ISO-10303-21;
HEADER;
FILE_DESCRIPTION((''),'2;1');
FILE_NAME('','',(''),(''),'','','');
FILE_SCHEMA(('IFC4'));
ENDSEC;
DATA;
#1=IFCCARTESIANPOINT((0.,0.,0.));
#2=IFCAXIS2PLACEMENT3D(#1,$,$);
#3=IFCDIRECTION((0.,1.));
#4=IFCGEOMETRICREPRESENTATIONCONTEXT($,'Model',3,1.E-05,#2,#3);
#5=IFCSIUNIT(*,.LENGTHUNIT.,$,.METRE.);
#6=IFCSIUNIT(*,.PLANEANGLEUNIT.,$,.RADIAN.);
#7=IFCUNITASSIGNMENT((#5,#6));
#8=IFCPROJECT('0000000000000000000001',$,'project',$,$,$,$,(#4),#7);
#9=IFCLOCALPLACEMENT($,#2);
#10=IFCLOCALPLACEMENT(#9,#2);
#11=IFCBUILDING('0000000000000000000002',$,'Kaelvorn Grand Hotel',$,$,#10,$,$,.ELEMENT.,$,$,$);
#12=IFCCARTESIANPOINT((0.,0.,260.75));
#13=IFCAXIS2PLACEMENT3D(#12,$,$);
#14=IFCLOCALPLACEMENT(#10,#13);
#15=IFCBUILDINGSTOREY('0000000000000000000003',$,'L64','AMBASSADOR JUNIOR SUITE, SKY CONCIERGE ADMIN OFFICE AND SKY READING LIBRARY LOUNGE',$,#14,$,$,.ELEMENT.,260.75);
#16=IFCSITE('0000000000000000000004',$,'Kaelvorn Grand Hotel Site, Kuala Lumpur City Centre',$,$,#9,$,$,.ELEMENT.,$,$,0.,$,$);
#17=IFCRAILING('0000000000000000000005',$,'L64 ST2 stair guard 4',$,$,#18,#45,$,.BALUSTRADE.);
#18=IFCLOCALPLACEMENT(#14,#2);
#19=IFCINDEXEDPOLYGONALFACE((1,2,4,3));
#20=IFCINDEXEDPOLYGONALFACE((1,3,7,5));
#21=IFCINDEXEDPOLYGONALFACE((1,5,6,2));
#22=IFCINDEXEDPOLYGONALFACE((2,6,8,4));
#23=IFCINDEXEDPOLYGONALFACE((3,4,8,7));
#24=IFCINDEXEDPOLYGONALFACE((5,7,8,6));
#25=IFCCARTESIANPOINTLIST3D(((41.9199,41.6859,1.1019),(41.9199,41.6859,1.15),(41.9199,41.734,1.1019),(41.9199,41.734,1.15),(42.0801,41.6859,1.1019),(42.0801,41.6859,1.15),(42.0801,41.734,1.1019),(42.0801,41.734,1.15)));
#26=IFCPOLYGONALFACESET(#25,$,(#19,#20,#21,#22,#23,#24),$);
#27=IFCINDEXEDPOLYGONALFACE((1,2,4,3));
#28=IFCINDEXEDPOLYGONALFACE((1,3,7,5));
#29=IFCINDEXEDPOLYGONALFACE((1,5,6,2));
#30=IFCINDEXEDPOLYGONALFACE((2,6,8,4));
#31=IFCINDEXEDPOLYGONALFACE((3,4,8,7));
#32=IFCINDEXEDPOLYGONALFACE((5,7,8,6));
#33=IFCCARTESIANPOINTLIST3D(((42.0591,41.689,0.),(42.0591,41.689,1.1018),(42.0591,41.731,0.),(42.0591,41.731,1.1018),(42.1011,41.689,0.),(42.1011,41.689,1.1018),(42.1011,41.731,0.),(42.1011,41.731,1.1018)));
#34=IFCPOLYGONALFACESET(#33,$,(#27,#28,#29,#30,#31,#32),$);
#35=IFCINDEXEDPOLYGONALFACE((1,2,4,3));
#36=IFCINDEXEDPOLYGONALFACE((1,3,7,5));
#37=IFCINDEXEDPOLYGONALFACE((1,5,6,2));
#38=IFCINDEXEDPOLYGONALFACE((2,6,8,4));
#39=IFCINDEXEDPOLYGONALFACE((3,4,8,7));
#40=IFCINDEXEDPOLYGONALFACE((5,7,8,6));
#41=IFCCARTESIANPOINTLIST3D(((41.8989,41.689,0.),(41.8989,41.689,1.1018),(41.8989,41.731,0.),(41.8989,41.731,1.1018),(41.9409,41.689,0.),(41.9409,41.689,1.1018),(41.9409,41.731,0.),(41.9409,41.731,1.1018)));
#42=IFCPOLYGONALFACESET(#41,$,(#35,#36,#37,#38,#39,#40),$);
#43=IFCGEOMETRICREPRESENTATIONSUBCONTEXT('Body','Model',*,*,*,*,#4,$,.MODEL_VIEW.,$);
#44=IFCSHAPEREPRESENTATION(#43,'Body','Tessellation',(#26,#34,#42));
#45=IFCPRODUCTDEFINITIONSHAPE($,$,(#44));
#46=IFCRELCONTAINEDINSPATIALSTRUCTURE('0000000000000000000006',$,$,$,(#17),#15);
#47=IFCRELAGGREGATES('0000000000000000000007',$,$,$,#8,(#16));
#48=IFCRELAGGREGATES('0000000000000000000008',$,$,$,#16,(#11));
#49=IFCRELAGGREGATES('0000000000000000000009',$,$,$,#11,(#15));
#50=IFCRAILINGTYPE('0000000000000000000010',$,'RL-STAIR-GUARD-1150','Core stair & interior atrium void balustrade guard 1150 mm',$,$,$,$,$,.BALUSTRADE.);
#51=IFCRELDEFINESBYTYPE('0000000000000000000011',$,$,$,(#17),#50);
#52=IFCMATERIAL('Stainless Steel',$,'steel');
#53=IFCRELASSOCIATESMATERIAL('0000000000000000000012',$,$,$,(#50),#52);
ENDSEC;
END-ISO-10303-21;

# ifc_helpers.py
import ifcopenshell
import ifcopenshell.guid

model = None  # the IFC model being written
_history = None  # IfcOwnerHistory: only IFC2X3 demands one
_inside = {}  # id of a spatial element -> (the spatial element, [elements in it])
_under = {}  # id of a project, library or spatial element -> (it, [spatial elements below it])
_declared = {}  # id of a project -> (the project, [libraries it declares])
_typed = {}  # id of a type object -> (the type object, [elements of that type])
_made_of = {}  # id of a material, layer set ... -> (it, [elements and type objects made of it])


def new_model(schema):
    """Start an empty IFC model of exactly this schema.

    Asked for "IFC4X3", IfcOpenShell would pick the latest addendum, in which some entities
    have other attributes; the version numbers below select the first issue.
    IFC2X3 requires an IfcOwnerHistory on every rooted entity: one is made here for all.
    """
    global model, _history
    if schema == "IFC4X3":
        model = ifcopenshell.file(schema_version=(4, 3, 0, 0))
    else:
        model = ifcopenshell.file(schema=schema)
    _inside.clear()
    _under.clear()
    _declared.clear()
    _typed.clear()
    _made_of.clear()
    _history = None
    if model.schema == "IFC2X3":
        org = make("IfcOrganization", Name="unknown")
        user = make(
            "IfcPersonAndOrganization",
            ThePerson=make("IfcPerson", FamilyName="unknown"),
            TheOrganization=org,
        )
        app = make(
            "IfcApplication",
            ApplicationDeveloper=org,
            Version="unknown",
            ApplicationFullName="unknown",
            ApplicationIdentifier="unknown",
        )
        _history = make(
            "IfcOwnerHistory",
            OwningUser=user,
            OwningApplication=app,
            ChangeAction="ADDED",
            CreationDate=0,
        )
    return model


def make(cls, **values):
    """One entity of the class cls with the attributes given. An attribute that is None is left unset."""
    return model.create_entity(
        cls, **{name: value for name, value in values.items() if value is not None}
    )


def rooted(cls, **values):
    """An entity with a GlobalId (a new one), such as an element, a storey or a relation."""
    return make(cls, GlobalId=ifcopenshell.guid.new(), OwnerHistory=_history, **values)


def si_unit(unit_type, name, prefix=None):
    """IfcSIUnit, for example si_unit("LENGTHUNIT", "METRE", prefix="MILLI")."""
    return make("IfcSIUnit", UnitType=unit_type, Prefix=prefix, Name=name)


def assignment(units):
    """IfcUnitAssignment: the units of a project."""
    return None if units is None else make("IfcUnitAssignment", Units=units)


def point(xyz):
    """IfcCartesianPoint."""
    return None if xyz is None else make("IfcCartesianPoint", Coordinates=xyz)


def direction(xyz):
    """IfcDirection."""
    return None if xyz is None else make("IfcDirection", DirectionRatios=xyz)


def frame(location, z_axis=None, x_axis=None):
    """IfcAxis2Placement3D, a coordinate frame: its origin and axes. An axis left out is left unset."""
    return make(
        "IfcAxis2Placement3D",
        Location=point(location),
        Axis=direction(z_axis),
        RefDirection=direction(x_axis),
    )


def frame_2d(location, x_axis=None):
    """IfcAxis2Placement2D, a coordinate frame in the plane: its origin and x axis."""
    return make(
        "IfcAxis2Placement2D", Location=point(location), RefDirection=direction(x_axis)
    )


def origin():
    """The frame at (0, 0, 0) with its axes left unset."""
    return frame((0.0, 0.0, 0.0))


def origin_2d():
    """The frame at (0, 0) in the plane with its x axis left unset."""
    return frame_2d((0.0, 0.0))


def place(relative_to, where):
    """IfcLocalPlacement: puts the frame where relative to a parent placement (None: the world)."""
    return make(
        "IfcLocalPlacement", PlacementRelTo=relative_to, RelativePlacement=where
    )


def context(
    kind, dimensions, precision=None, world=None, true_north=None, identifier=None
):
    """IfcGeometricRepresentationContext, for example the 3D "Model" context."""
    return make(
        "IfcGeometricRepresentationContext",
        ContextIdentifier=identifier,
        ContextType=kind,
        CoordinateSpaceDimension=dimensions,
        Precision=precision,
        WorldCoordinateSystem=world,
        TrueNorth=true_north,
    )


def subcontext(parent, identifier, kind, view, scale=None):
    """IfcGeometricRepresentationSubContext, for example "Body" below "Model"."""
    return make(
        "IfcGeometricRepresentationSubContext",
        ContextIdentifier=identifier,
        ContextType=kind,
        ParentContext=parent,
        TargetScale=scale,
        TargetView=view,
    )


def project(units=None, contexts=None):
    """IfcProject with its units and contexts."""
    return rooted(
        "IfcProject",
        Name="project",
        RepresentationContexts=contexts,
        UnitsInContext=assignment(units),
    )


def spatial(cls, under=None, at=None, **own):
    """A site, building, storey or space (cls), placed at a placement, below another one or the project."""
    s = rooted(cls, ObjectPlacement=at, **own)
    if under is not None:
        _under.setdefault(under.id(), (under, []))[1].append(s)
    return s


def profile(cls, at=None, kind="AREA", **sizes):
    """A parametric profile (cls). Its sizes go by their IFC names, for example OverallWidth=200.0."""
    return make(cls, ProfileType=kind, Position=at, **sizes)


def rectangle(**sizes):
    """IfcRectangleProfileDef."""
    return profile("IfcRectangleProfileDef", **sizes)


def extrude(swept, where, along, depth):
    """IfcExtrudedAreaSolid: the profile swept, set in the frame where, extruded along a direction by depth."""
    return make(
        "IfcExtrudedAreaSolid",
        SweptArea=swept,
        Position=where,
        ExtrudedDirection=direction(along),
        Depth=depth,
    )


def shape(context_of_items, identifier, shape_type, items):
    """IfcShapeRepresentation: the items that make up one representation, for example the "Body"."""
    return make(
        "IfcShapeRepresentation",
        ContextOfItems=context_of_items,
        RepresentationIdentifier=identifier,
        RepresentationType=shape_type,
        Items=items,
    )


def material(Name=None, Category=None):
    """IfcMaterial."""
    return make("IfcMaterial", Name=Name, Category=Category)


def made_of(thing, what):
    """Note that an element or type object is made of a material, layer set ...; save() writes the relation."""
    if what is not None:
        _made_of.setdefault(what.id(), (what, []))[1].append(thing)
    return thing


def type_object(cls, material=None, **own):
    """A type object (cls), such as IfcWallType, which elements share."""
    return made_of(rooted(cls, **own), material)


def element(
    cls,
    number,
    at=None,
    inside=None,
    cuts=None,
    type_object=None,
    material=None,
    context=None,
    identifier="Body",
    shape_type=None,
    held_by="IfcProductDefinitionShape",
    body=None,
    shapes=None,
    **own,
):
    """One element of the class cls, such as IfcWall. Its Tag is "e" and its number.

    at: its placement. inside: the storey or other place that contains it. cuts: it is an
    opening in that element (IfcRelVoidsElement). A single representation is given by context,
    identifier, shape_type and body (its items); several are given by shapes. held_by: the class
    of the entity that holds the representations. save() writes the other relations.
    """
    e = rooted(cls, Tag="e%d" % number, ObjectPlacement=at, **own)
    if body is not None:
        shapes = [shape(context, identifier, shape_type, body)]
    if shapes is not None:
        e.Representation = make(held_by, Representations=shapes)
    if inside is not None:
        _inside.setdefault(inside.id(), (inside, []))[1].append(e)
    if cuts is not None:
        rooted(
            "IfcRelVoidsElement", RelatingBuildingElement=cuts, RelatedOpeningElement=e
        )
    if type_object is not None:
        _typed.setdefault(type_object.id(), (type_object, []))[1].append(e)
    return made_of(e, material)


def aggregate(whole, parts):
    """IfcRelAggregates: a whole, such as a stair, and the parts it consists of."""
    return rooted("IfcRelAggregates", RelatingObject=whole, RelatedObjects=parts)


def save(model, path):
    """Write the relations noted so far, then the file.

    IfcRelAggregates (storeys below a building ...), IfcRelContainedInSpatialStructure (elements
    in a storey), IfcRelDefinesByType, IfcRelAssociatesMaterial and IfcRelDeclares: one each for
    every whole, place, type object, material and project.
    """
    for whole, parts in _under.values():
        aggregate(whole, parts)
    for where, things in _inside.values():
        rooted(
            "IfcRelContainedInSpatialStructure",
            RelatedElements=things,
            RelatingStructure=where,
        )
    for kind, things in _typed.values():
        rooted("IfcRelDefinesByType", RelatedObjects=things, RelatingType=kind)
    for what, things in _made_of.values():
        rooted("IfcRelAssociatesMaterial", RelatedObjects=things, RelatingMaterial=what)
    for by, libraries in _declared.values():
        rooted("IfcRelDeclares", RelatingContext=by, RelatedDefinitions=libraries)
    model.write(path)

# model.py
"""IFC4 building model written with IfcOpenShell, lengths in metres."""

from ifc_helpers import new_model, si_unit, direction, frame, origin, origin_2d, place, context, subcontext, project, spatial, rectangle, extrude, material, type_object, element, save


model = new_model("IFC4")

# Units and contexts
model_context = context("Model", 3, precision=1e-05, world=origin(), true_north=direction((0.0, 1.0)))
body_context = subcontext(model_context, "Body", "Model", "MODEL_VIEW")
ifc_project = project(units=[si_unit("LENGTHUNIT", "METRE"), si_unit("PLANEANGLEUNIT", "RADIAN")], contexts=[model_context])

# Site, building, storey
site_placement = place(None, origin())
site = spatial("IfcSite", under=ifc_project, at=site_placement, Name="Kaelvorn Grand Hotel Site, Kuala Lumpur City Centre", CompositionType="ELEMENT", RefElevation=0.0)
building_placement = place(site_placement, origin())
building = spatial("IfcBuilding", under=site, at=building_placement, Name="Kaelvorn Grand Hotel", CompositionType="ELEMENT")
storey_placement = place(building_placement, frame((0.0, 0.0, 260.75)))
storey = spatial("IfcBuildingStorey", under=building, at=storey_placement, Name="L64", Description="AMBASSADOR JUNIOR SUITE, SKY CONCIERGE ADMIN OFFICE AND SKY READING LIBRARY LOUNGE", CompositionType="ELEMENT", Elevation=260.75)

# Railing
ifc_material_1 = material(Name="Stainless Steel", Category="steel")
railing_type_1 = type_object("IfcRailingType", Name="RL-STAIR-GUARD-1150", Description="Core stair & interior atrium void balustrade guard 1150 mm", PredefinedType="BALUSTRADE", material=ifc_material_1)
railing_1_placement = place(storey_placement, frame((42.0801, 41.71, 0.0)))
element("IfcRailing", 1, at=railing_1_placement, inside=storey, type_object=railing_type_1, Name="L64 ST2 stair guard 4", PredefinedType="BALUSTRADE", context=body_context, shape_type="SweptSolid", body=[
    extrude(rectangle(XDim=0.0481, YDim=0.0481, at=origin_2d()), frame((0.0, 0.0, 1.126), z_axis=(-1.0, 0.0, 0.0), x_axis=(0.0, -1.0, 0.0)), (0.0, 0.0, 1.0), 0.1602),
    extrude(rectangle(XDim=0.042, YDim=0.042, at=origin_2d()), origin(), (0.0, 0.0, 1.0), 1.1018),
    extrude(rectangle(XDim=0.042, YDim=0.042, at=origin_2d()), frame((-0.1602, 0.0, 0.0)), (0.0, 0.0, 1.0), 1.1018),
])

save(model, "model.ifc")
